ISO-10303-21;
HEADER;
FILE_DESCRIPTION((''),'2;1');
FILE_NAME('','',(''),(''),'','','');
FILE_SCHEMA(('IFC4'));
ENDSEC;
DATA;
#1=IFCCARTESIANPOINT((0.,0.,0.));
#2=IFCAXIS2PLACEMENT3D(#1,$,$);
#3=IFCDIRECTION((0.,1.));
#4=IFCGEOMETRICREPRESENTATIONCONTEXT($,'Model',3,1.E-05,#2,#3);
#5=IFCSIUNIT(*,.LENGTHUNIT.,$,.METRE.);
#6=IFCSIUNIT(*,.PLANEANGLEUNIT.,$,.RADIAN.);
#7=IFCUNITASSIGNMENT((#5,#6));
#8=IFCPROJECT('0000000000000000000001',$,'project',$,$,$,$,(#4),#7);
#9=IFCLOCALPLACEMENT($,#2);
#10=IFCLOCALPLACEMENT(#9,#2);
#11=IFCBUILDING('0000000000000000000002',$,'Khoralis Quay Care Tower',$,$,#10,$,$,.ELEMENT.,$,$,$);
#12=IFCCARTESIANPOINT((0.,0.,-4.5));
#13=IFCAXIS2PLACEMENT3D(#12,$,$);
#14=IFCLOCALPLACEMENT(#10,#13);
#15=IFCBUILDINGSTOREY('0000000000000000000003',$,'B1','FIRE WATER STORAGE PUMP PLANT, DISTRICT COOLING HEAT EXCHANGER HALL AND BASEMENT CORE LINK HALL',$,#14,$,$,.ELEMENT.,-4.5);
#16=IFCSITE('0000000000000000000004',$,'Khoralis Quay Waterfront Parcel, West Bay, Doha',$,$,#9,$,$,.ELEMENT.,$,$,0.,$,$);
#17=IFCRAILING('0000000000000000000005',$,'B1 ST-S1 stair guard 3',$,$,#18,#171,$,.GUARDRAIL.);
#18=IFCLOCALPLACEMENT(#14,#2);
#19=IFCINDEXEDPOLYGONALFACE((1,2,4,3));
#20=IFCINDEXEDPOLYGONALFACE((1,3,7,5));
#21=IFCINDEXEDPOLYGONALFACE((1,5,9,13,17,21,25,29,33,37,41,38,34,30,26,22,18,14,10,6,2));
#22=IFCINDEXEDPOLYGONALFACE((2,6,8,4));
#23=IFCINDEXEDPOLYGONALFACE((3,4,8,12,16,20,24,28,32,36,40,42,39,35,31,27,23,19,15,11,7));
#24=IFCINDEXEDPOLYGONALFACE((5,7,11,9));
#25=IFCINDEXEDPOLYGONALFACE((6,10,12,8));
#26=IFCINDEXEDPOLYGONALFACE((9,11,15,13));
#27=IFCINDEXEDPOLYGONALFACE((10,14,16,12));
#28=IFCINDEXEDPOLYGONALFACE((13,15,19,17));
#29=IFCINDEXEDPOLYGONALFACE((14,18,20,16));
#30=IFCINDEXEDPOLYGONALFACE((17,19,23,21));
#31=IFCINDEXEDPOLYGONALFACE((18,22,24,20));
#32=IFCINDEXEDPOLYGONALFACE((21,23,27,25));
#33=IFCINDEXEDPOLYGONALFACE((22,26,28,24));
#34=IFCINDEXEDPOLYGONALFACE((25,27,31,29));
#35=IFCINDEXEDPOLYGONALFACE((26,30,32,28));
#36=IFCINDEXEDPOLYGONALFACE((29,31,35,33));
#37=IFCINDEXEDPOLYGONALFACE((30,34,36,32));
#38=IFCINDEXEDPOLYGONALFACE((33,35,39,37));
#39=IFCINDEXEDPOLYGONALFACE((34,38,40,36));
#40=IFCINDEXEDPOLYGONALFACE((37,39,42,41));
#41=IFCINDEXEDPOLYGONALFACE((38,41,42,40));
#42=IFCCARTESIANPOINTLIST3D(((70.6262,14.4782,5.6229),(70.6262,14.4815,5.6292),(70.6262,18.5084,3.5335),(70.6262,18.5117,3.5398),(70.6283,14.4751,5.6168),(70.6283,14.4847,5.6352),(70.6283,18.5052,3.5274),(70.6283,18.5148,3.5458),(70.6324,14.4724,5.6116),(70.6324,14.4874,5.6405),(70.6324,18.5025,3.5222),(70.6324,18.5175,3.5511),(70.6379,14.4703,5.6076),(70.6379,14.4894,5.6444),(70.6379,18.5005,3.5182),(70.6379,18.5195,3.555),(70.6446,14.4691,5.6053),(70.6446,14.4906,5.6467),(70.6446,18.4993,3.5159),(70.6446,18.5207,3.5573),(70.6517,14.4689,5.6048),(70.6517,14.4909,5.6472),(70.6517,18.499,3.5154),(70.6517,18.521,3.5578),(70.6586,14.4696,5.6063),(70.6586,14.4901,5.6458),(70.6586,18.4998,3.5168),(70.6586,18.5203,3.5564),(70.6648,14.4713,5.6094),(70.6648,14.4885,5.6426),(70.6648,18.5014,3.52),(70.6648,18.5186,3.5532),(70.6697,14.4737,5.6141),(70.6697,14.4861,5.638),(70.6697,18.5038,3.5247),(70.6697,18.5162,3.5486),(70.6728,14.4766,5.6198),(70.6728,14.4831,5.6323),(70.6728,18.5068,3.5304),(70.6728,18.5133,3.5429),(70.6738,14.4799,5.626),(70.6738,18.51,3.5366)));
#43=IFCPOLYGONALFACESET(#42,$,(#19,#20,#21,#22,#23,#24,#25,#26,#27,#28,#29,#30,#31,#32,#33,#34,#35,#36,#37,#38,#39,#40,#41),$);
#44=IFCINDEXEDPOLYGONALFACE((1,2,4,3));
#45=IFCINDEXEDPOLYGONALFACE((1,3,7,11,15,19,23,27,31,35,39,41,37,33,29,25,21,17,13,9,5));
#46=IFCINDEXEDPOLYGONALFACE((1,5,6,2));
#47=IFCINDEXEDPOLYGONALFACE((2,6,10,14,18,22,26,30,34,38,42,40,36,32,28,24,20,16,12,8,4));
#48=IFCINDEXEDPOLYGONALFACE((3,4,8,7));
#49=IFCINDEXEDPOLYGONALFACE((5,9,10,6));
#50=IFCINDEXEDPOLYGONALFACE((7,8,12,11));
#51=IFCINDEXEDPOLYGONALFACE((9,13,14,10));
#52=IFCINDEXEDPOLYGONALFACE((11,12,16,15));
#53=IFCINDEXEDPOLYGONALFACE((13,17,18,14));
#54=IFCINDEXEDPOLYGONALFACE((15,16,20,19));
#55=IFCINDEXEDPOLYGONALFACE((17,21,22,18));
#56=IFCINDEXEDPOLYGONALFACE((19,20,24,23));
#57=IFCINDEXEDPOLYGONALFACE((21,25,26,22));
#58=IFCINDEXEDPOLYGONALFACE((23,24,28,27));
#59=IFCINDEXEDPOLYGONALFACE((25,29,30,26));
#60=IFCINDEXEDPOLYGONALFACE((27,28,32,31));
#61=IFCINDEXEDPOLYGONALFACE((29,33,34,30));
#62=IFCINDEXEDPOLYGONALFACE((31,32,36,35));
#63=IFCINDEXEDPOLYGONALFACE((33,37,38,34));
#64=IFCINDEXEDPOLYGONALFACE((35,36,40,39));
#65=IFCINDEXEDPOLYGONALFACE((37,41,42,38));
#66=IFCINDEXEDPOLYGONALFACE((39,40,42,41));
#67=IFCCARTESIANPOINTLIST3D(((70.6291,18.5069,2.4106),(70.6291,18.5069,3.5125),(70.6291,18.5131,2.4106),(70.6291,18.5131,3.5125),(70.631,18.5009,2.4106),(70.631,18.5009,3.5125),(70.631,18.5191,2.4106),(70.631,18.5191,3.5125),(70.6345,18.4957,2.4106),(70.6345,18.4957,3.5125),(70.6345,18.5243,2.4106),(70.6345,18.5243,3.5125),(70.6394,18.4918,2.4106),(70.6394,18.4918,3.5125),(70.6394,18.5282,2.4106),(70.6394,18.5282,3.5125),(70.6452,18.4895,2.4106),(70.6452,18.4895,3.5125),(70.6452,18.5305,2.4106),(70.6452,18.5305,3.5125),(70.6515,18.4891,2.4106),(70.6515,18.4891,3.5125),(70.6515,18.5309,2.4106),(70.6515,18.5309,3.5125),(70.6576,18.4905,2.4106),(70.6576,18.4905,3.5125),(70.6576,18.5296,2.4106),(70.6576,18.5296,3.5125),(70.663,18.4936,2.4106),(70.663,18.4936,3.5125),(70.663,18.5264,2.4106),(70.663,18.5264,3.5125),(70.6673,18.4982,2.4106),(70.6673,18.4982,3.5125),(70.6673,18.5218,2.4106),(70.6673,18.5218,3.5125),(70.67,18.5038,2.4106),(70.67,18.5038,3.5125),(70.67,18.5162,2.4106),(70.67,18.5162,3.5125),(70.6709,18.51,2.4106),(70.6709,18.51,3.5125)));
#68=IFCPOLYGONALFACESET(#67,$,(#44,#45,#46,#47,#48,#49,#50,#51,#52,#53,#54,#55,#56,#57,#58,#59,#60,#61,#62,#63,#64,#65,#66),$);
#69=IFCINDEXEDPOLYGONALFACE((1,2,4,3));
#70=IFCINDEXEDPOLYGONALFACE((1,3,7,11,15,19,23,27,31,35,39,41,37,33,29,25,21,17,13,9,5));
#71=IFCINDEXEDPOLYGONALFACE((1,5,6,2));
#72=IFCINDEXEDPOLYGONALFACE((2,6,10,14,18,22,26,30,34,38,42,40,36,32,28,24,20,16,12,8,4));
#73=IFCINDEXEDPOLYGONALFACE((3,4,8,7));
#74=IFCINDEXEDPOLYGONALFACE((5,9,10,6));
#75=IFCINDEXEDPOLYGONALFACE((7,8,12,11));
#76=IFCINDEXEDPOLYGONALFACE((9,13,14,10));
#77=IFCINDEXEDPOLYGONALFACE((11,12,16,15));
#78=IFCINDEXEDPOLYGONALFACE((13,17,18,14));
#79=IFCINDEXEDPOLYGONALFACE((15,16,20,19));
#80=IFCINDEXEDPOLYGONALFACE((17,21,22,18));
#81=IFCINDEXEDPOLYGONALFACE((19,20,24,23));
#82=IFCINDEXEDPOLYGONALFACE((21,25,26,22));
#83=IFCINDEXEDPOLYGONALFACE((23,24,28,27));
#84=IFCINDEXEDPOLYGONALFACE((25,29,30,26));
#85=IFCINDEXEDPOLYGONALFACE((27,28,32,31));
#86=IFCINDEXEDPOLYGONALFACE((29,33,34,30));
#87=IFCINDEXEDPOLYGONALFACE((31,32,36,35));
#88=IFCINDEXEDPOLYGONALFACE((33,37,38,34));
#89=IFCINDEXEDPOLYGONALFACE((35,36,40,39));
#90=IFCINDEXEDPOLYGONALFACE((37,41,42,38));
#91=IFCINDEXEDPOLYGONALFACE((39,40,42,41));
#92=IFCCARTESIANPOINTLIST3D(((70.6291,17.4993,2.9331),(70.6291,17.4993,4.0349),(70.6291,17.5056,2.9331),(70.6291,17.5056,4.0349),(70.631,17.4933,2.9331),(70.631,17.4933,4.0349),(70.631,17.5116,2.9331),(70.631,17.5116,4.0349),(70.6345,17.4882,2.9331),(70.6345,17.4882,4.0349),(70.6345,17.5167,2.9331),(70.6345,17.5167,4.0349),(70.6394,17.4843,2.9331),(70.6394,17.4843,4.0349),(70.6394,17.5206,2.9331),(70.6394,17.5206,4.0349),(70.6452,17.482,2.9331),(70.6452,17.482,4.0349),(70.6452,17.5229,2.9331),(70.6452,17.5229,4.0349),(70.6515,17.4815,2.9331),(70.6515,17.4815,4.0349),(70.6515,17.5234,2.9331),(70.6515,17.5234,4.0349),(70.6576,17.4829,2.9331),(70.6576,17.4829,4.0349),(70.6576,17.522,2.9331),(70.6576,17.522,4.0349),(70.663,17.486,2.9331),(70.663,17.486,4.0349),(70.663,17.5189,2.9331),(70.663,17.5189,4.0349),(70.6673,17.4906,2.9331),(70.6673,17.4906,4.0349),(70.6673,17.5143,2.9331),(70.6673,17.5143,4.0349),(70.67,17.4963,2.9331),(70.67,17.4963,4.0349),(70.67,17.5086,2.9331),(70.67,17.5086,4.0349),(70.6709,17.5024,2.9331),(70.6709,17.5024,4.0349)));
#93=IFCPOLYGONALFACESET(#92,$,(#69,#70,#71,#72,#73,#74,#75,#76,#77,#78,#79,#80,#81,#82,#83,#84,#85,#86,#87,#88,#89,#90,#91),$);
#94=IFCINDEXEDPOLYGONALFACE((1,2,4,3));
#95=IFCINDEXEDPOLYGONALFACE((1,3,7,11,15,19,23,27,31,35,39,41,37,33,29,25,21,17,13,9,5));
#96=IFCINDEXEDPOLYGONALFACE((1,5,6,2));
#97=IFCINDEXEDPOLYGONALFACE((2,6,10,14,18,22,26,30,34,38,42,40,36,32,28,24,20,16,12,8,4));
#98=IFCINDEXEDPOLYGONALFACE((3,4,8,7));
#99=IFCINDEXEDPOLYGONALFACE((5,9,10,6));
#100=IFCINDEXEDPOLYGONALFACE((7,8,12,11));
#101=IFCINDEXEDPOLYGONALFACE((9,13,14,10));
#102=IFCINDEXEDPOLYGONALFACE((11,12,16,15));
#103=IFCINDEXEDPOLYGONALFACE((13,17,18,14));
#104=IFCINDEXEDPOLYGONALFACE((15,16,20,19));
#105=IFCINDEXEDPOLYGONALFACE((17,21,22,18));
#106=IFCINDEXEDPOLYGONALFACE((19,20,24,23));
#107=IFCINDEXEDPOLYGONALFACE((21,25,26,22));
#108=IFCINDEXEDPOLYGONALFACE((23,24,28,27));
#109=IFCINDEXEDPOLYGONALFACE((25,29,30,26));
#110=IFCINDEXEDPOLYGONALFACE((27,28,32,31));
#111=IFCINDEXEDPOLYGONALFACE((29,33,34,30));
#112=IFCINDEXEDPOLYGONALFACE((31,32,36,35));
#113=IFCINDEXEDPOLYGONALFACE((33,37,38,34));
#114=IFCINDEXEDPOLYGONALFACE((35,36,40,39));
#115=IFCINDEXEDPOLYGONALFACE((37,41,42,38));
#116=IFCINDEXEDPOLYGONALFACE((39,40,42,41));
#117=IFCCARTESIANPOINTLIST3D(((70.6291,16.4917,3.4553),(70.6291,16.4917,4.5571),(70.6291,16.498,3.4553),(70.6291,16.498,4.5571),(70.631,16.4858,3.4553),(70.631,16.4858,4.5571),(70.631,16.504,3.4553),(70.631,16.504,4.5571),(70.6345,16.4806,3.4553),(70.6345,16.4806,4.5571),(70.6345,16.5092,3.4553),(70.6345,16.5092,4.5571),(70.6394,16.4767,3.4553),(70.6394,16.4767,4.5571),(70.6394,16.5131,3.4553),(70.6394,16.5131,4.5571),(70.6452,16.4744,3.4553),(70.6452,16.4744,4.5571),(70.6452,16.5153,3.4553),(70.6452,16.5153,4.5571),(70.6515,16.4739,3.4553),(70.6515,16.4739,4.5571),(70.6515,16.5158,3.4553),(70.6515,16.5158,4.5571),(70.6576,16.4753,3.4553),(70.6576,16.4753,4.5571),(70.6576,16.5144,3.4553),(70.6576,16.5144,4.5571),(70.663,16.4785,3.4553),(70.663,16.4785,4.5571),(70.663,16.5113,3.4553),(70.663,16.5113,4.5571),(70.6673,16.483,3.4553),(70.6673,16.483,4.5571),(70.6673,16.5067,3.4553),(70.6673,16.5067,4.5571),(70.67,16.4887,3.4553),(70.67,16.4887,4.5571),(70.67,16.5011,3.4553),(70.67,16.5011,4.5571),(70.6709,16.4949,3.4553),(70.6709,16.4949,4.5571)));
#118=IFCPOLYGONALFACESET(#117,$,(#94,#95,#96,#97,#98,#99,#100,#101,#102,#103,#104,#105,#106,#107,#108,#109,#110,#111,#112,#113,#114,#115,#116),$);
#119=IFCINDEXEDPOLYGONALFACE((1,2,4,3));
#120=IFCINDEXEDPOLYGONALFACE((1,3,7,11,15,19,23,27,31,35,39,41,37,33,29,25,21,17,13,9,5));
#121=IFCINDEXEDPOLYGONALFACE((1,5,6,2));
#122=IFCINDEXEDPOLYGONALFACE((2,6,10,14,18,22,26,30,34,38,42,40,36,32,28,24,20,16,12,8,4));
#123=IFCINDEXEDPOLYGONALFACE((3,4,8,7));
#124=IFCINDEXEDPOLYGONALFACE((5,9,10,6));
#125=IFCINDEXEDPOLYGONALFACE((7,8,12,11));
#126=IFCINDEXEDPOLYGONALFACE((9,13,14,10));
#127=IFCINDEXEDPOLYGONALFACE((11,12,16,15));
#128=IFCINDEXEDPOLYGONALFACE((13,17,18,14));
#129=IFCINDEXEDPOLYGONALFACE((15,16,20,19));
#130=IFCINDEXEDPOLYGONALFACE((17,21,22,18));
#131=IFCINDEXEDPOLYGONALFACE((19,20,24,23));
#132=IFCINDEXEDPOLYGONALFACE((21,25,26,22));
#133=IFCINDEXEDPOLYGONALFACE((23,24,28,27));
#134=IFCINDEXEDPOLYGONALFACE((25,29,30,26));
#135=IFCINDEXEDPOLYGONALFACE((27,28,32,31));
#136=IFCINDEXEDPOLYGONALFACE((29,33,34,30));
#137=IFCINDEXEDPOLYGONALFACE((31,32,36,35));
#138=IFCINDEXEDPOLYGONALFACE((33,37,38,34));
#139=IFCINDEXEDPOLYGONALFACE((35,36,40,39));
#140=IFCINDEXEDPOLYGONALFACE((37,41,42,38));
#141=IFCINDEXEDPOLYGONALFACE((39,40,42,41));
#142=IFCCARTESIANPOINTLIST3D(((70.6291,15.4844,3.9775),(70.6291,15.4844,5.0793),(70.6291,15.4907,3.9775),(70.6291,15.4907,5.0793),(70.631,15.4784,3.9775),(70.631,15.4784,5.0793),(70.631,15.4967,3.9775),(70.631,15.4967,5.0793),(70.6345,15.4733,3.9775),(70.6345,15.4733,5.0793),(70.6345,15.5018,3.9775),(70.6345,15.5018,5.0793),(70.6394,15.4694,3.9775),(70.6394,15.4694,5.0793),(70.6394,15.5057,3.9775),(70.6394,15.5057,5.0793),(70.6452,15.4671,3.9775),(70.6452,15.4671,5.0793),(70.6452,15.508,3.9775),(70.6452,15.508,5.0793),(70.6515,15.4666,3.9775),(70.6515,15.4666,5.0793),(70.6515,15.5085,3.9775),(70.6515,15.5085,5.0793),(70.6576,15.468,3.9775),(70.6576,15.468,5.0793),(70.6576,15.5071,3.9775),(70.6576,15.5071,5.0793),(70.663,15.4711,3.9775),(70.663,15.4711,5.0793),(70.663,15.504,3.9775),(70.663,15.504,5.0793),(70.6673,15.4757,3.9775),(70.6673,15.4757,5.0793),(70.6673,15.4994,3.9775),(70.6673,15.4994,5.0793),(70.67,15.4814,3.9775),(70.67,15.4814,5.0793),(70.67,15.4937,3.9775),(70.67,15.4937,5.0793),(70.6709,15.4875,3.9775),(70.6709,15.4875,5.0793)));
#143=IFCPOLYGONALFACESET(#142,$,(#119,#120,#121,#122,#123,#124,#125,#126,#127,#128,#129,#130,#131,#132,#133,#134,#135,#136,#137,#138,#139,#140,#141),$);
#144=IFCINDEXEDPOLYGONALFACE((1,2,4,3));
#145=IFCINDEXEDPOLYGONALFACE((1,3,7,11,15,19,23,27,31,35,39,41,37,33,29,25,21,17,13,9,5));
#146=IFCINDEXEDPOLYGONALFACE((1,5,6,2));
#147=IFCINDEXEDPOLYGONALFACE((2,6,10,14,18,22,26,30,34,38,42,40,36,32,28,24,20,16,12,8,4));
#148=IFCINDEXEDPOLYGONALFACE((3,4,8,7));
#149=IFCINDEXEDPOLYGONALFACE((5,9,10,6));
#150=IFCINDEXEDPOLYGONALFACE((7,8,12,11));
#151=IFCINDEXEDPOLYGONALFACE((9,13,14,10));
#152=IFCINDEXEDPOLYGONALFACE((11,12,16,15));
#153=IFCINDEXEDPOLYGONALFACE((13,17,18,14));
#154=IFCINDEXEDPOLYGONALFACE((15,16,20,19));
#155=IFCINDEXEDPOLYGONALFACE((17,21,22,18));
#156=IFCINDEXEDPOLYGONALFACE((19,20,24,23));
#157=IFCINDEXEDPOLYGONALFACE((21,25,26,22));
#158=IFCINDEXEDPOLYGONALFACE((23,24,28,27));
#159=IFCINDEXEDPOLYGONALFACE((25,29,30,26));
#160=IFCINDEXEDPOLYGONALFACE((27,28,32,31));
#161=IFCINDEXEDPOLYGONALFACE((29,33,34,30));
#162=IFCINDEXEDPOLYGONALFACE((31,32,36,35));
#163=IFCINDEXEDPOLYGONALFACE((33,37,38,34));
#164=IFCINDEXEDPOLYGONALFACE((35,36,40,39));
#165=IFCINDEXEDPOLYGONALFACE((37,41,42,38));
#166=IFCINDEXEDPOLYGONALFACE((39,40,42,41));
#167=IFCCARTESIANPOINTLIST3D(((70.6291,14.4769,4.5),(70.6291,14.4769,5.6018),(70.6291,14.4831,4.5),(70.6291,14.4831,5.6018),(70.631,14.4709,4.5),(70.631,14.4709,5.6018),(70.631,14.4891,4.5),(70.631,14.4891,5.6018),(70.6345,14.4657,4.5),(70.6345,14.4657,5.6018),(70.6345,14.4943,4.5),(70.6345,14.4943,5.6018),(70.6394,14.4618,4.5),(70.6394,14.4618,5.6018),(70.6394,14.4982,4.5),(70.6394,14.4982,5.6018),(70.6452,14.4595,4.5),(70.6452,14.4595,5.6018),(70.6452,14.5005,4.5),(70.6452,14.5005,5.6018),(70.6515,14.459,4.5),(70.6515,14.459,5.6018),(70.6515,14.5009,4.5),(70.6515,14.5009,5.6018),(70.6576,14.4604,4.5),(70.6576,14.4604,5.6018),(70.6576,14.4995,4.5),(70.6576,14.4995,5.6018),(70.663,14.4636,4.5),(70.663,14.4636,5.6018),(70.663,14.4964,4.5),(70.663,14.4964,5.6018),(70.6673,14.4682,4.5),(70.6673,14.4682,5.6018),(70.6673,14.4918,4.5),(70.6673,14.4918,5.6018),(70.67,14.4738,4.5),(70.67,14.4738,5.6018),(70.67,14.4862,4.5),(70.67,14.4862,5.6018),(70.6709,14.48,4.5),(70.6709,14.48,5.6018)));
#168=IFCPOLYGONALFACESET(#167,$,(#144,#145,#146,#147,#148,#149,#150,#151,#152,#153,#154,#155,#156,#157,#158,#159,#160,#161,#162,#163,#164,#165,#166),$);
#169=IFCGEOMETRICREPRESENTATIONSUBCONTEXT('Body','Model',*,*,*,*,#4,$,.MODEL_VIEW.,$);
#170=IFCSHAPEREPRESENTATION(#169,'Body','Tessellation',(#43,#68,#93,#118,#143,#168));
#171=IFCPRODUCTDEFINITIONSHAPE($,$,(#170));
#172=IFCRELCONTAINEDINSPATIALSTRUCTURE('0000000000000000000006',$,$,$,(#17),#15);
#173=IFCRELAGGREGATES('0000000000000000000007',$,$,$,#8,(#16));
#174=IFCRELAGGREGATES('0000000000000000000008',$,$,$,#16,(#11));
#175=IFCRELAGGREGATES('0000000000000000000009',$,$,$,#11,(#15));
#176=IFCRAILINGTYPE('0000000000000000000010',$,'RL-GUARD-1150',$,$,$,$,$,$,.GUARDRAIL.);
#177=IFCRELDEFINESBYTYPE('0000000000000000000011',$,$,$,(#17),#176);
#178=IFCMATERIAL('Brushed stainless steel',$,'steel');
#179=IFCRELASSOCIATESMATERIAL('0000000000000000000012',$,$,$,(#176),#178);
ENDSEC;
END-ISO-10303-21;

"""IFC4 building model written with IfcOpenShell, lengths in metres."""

from ifc_helpers import new_model, si_unit, direction, frame, origin, origin_2d, place, context, subcontext, project, spatial, circle, extrude, material, type_object, element, save


model = new_model("IFC4")

# Units and contexts
model_context = context("Model", 3, precision=1e-05, world=origin(), true_north=direction((0.0, 1.0)))
body_context = subcontext(model_context, "Body", "Model", "MODEL_VIEW")
ifc_project = project(units=[si_unit("LENGTHUNIT", "METRE"), si_unit("PLANEANGLEUNIT", "RADIAN")], contexts=[model_context])

# Site, building, storey
site_placement = place(None, origin())
site = spatial("IfcSite", under=ifc_project, at=site_placement, Name="Khoralis Quay Waterfront Parcel, West Bay, Doha", CompositionType="ELEMENT", RefElevation=0.0)
building_placement = place(site_placement, origin())
building = spatial("IfcBuilding", under=site, at=building_placement, Name="Khoralis Quay Care Tower", CompositionType="ELEMENT")
storey_placement = place(building_placement, frame((0.0, 0.0, -4.5)))
storey = spatial("IfcBuildingStorey", under=building, at=storey_placement, Name="B1", Description="FIRE WATER STORAGE PUMP PLANT, DISTRICT COOLING HEAT EXCHANGER HALL AND BASEMENT CORE LINK HALL", CompositionType="ELEMENT", Elevation=-4.5)

# Railing
ifc_material_1 = material(Name="Brushed stainless steel", Category="steel")
railing_type_1 = type_object("IfcRailingType", Name="RL-GUARD-1150", PredefinedType="GUARDRAIL", material=ifc_material_1)
railing_1_placement = place(storey_placement, frame((70.6499, 18.51, 2.4106)))
element("IfcRailing", 1, at=railing_1_placement, inside=storey, type_object=railing_type_1, Name="B1 ST-S1 stair guard 3", PredefinedType="GUARDRAIL", context=body_context, shape_type="SweptSolid", body=[
    extrude(circle(Radius=0.0239, at=origin_2d()), frame((0.0, 0.0, 1.126), z_axis=(0.0, -0.887781, 0.460267), x_axis=(1.0, 0.0, 0.0)), (0.0, 0.0, 1.0), 4.5396),
    extrude(circle(Radius=0.021, at=origin_2d()), origin(), (0.0, 0.0, 1.0), 1.1018),
    extrude(circle(Radius=0.021, at=origin_2d()), frame((0.0, -1.0076, 0.5225)), (0.0, 0.0, 1.0), 1.1018),
    extrude(circle(Radius=0.021, at=origin_2d()), frame((0.0, -2.0151, 1.0447)), (0.0, 0.0, 1.0), 1.1018),
    extrude(circle(Radius=0.021, at=origin_2d()), frame((0.0, -3.0225, 1.5669)), (0.0, 0.0, 1.0), 1.1018),
    extrude(circle(Radius=0.021, at=origin_2d()), frame((0.0, -4.03, 2.0894)), (0.0, 0.0, 1.0), 1.1018),
])

save(model, "model.ifc")
